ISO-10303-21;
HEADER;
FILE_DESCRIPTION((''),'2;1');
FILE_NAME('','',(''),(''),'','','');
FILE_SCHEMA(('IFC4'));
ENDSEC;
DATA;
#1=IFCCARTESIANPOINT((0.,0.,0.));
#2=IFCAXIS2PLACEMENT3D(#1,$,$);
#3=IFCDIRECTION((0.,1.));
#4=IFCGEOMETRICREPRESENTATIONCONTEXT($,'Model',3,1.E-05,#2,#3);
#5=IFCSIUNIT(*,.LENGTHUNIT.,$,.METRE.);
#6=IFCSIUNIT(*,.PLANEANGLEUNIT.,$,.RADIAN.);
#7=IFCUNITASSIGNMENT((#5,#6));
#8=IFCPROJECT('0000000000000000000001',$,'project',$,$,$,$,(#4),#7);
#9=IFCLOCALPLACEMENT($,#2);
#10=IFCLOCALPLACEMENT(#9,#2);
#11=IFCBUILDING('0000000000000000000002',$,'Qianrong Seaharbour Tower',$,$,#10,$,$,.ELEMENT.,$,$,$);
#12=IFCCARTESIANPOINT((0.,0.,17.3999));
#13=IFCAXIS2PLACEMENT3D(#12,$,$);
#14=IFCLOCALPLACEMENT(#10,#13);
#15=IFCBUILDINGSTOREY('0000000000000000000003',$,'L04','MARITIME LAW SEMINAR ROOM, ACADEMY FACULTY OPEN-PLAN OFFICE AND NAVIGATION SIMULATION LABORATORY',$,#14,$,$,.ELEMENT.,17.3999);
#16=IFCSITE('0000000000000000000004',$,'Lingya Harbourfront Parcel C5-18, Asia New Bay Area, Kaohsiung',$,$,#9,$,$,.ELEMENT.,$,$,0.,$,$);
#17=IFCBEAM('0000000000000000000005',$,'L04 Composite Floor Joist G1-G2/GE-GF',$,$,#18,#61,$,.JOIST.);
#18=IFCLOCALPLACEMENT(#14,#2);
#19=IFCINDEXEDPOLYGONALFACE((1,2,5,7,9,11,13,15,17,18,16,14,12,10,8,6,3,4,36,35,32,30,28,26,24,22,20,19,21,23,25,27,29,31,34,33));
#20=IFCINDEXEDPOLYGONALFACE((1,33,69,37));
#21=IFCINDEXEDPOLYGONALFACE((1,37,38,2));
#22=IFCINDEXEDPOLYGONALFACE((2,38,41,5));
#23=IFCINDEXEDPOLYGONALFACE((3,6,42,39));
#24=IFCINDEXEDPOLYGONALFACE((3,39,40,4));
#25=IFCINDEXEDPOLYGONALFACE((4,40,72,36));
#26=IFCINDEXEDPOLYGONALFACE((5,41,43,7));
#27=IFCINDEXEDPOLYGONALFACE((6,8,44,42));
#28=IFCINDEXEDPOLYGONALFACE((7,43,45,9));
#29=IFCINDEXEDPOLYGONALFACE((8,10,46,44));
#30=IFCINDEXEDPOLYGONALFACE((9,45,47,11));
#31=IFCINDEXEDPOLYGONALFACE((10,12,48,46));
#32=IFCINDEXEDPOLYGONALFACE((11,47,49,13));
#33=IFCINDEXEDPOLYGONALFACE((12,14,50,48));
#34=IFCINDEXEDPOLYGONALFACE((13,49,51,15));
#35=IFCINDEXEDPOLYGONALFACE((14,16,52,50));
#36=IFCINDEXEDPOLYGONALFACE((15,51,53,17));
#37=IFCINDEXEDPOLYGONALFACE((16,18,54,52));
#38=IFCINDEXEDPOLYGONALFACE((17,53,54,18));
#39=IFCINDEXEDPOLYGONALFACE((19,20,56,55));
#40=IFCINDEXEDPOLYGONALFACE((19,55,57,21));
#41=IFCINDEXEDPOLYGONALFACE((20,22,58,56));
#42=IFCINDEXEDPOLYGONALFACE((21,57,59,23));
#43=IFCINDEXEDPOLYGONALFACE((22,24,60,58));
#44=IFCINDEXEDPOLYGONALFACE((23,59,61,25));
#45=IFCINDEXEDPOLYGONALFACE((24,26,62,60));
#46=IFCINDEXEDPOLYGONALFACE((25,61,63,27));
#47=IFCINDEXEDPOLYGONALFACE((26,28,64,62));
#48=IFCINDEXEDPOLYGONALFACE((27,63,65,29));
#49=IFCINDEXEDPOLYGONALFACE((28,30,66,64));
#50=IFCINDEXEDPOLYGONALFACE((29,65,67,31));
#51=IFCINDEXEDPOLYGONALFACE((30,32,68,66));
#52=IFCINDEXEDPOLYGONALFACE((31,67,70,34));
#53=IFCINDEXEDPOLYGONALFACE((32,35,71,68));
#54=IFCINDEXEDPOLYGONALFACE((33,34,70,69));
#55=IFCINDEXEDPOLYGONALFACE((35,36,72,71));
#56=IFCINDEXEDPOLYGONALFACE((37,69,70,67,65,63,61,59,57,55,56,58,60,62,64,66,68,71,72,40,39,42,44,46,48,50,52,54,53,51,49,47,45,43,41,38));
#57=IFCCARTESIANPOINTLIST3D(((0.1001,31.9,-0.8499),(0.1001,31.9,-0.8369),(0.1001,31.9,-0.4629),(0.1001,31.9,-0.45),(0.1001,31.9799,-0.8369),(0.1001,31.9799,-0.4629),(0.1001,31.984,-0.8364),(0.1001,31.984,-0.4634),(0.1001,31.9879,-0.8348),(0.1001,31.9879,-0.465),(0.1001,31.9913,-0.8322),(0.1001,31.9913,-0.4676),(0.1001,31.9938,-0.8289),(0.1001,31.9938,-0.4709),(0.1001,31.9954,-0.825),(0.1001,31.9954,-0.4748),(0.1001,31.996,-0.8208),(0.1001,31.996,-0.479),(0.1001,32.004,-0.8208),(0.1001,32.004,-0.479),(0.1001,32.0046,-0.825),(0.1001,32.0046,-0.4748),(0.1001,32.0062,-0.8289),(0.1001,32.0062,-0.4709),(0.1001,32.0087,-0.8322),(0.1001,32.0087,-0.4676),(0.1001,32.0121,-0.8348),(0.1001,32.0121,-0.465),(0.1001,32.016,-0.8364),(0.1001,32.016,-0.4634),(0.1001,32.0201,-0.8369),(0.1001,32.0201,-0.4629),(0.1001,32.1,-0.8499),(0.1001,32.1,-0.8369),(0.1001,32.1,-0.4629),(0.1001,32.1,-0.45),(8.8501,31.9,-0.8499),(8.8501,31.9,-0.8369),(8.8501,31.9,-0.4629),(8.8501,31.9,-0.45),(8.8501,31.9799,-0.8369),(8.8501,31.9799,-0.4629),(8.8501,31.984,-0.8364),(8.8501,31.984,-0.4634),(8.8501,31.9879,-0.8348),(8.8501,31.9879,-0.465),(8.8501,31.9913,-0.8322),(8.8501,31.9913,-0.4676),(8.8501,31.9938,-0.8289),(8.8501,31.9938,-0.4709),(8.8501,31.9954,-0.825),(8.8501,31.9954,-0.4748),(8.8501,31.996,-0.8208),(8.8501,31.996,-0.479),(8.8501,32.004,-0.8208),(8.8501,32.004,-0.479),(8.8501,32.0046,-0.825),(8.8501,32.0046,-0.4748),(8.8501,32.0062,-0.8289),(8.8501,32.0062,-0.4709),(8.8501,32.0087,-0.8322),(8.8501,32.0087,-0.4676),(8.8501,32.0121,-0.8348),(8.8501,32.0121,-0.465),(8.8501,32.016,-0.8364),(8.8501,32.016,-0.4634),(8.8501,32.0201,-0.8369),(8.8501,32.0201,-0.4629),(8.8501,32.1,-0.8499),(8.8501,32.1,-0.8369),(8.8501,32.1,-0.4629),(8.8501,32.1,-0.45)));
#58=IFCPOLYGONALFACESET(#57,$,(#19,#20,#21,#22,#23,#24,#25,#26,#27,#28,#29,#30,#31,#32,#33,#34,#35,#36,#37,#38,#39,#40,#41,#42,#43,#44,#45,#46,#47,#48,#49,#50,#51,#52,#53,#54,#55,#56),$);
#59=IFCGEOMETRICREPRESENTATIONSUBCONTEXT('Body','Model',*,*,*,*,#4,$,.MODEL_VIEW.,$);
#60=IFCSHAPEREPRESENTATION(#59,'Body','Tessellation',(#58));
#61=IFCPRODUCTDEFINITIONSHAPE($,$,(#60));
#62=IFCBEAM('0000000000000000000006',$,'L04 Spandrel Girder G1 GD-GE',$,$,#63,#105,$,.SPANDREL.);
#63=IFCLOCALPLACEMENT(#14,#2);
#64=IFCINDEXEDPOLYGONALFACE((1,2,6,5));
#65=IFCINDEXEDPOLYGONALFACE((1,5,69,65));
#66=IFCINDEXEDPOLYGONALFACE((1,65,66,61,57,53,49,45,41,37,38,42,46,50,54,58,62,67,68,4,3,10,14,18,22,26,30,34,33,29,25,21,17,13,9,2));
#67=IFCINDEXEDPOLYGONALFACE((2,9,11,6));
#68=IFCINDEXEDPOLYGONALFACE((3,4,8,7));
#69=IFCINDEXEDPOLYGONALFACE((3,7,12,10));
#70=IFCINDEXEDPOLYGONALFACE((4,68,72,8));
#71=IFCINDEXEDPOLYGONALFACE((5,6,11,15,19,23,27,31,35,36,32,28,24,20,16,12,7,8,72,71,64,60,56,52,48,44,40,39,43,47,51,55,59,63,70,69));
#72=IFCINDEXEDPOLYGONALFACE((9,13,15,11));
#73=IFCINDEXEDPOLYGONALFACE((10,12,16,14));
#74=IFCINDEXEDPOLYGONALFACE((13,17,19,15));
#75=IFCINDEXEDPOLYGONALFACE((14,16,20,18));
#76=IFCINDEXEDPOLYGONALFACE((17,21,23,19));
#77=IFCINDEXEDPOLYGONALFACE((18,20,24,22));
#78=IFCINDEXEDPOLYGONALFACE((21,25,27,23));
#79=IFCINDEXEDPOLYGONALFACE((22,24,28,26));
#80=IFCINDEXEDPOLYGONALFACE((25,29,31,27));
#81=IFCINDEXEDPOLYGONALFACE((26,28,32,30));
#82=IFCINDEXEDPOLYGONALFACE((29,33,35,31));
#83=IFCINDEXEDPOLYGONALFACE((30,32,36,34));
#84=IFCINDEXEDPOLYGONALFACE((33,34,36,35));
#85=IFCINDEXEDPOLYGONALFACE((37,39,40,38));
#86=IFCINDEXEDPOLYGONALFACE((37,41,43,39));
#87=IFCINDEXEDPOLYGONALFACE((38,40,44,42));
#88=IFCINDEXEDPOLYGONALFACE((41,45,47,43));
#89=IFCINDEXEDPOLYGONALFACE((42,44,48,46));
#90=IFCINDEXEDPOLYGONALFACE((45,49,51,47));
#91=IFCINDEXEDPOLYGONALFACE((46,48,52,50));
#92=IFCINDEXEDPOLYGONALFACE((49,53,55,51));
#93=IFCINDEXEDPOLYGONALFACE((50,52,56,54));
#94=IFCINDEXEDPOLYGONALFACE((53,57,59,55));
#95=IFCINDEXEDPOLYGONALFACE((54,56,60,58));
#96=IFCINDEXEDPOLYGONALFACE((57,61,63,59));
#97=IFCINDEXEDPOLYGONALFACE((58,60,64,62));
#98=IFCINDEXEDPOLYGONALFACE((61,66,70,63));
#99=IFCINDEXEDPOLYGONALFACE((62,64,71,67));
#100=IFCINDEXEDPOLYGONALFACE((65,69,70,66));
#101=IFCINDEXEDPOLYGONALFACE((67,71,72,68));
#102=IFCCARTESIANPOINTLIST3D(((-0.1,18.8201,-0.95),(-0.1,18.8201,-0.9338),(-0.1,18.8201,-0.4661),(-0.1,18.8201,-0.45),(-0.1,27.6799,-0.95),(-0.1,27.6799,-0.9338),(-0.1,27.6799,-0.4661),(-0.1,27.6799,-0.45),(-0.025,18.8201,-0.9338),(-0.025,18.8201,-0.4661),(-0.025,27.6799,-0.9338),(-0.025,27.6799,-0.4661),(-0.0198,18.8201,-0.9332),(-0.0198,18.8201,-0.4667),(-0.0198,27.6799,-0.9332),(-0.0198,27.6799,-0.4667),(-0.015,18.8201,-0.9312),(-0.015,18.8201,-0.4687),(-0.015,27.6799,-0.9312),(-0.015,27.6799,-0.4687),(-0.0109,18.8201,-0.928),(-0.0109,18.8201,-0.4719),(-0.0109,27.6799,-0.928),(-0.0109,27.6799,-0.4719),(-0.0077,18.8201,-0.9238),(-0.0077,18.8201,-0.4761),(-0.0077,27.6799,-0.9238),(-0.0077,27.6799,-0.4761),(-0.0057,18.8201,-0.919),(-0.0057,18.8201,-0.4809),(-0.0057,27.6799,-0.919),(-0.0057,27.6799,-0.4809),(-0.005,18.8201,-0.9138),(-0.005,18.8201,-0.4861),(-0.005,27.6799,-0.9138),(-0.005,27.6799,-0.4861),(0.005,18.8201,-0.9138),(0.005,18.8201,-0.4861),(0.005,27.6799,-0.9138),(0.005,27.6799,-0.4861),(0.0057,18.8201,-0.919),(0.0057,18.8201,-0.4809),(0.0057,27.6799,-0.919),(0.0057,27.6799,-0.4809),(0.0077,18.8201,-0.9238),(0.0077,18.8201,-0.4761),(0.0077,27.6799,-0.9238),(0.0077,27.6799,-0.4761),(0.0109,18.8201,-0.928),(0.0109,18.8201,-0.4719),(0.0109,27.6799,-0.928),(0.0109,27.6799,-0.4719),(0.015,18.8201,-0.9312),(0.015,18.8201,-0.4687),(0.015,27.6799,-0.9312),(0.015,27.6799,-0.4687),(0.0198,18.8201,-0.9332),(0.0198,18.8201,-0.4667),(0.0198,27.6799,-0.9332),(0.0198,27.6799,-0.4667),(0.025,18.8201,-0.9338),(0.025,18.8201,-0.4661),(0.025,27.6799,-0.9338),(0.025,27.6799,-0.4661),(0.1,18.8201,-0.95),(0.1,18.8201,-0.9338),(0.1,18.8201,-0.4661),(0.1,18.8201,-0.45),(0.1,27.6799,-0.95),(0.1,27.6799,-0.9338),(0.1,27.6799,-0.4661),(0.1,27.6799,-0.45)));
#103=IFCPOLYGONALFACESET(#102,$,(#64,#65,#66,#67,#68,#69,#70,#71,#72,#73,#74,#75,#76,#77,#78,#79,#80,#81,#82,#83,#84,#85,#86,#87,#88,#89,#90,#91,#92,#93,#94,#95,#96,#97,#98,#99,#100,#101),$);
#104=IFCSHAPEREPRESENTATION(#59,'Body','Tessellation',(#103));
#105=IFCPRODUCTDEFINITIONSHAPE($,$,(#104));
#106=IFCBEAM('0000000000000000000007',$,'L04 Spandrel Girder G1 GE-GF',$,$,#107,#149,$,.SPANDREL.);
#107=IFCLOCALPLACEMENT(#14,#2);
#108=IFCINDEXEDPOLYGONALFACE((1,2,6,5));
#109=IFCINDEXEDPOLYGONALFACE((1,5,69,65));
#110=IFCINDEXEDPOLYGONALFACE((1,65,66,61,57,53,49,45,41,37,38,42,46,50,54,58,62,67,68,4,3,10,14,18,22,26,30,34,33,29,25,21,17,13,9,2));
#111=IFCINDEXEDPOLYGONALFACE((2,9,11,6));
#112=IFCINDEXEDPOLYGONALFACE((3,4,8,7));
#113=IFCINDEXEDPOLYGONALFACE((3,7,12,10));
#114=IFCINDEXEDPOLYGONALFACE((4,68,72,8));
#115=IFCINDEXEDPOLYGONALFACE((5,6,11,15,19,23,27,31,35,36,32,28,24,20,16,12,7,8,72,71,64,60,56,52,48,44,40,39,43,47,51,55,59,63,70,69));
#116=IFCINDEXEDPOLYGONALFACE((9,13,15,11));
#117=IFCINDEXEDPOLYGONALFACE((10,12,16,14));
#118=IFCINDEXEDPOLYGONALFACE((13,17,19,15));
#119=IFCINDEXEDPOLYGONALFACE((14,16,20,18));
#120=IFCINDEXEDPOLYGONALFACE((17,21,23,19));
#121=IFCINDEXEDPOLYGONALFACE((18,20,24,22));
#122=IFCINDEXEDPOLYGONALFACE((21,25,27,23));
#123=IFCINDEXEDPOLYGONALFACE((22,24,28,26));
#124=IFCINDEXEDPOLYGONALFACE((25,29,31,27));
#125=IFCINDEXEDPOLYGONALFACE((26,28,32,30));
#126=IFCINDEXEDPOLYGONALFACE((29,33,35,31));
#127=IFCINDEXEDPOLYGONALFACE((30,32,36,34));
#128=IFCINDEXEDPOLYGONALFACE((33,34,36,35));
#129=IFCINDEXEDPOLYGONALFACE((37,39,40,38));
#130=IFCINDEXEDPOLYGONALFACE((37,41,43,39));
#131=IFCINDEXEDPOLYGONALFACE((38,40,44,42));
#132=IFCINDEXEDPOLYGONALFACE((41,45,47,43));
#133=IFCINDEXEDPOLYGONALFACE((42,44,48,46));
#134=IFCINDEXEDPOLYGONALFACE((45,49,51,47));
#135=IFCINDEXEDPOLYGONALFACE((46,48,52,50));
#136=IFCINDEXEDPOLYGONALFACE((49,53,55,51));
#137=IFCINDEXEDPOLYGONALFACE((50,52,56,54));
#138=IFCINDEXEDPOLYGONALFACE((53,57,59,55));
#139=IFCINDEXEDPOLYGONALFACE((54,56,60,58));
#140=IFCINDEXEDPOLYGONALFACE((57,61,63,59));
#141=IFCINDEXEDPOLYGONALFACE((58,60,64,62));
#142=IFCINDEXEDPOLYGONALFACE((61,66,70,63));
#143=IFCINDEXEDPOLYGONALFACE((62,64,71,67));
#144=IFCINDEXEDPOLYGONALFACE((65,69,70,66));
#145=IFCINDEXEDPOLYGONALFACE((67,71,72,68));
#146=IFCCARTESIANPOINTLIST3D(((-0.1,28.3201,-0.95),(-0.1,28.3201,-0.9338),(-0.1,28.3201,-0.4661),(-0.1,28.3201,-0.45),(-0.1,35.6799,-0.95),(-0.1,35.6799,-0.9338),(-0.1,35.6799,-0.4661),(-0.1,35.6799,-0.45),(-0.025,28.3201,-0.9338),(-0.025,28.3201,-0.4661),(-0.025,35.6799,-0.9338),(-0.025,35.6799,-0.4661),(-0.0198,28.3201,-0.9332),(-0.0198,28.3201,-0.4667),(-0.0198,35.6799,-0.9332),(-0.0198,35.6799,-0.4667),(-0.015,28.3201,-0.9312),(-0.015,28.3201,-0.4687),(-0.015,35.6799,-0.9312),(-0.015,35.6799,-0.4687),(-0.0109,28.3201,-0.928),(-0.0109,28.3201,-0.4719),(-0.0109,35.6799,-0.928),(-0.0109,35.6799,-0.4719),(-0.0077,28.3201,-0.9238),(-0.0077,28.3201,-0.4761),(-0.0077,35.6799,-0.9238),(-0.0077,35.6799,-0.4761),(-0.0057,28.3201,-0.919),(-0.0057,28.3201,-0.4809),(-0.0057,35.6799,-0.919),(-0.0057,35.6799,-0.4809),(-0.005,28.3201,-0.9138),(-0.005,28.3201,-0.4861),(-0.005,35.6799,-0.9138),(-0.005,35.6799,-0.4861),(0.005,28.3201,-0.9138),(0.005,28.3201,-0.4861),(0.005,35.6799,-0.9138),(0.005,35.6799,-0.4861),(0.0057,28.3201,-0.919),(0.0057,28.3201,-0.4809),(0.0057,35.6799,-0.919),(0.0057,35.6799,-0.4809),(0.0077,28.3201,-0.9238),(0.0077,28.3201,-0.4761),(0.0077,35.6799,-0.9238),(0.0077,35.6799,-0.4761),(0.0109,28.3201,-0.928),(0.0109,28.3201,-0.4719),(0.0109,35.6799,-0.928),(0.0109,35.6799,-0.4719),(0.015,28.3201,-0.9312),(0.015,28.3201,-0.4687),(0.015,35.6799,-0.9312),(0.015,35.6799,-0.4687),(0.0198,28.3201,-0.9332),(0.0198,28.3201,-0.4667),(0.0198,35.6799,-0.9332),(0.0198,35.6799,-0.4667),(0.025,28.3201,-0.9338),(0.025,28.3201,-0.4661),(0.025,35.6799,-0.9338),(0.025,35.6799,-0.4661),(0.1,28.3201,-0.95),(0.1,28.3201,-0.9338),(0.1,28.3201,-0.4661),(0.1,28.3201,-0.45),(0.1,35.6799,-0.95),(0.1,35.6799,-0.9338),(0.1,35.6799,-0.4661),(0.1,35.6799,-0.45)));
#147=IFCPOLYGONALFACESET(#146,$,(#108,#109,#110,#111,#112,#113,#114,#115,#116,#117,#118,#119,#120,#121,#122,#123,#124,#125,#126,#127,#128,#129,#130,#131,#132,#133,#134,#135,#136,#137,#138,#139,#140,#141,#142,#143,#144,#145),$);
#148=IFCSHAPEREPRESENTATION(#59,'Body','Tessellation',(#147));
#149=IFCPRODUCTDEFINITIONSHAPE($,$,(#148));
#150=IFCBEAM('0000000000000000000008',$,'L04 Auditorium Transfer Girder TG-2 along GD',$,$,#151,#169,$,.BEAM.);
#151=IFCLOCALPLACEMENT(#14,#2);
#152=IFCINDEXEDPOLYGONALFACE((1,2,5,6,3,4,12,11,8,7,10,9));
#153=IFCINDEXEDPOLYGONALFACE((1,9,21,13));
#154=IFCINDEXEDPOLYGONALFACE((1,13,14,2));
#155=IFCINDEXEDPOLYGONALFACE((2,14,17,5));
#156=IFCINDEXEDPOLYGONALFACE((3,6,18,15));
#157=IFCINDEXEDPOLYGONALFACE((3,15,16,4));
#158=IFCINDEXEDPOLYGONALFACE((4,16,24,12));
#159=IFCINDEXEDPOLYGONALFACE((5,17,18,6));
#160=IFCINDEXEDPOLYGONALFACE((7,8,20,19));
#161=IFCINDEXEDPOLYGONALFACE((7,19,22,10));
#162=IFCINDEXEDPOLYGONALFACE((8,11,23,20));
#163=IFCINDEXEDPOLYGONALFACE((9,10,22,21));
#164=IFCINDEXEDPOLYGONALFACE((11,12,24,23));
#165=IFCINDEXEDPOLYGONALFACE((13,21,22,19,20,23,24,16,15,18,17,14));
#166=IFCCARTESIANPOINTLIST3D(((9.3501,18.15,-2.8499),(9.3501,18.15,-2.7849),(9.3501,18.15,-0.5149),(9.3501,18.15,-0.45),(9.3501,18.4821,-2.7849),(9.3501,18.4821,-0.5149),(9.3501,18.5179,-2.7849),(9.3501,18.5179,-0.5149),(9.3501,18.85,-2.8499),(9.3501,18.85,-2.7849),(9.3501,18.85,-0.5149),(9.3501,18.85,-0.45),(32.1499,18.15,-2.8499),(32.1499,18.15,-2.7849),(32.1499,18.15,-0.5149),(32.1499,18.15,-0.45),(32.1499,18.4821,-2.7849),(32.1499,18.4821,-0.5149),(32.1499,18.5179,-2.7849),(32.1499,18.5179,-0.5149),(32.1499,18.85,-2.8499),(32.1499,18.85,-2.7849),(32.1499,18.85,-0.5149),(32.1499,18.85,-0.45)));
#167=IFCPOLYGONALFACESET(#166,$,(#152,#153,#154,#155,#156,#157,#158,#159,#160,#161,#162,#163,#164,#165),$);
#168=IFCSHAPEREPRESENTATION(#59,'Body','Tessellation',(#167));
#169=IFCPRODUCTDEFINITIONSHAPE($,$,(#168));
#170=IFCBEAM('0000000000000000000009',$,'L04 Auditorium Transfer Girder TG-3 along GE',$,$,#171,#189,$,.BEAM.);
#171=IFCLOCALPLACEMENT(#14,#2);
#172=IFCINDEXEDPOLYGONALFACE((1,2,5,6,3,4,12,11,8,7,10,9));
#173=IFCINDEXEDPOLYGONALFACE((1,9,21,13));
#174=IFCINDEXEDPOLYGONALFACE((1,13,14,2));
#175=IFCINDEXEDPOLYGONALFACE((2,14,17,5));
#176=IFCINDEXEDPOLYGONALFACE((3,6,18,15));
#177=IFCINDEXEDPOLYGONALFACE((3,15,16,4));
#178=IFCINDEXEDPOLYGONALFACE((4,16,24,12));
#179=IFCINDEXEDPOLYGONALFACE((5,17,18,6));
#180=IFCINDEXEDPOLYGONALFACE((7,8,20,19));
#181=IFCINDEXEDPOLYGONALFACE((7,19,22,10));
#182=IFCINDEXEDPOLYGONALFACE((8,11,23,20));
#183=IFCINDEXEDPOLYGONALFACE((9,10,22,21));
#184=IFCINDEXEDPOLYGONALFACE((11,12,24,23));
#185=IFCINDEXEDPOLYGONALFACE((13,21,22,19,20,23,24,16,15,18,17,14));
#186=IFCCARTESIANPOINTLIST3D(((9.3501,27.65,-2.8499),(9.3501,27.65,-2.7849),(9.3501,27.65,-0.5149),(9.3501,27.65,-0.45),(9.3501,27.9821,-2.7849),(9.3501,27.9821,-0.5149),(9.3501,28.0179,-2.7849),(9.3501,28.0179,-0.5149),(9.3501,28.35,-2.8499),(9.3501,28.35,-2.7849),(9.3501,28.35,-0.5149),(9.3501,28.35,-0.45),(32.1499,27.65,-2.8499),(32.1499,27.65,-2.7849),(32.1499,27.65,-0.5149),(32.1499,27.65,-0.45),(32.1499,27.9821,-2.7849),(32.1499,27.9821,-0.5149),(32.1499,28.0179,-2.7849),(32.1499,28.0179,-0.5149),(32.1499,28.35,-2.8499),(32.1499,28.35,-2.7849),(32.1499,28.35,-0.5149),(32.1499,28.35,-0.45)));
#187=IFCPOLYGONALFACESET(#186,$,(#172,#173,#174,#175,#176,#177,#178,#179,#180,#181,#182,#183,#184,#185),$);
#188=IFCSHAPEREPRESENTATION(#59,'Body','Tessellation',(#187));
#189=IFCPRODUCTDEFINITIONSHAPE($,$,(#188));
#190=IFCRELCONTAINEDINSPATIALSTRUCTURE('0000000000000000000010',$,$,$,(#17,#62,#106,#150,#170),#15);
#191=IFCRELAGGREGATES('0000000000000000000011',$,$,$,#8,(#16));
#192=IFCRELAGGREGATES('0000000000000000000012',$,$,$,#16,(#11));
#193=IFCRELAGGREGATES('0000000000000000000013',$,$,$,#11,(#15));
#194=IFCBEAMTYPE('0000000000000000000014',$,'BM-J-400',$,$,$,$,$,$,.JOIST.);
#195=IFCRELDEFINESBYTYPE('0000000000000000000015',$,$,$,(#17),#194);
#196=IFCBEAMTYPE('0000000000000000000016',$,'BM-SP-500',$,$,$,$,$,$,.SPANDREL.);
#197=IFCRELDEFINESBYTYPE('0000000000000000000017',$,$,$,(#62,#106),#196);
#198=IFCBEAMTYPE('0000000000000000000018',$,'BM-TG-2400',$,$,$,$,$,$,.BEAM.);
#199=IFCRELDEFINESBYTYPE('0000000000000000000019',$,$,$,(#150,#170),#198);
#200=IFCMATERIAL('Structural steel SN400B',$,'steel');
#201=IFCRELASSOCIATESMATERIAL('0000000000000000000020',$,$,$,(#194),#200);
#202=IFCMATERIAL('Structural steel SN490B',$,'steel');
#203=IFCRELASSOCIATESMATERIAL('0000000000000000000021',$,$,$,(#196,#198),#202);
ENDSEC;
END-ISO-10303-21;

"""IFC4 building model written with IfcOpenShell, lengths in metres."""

from ifc_helpers import new_model, si_unit, direction, frame, origin, origin_2d, place, context, subcontext, project, spatial, i_section, extrude, material, material_profile, profile_set, type_object, element, save


model = new_model("IFC4")

# Units and contexts
model_context = context("Model", 3, precision=1e-05, world=origin(), true_north=direction((0.0, 1.0)))
body_context = subcontext(model_context, "Body", "Model", "MODEL_VIEW")
ifc_project = project(units=[si_unit("LENGTHUNIT", "METRE"), si_unit("PLANEANGLEUNIT", "RADIAN")], contexts=[model_context])

# Site, building, storey
site_placement = place(None, origin())
site = spatial("IfcSite", under=ifc_project, at=site_placement, Name="Lingya Harbourfront Parcel C5-18, Asia New Bay Area, Kaohsiung", CompositionType="ELEMENT", RefElevation=0.0)
building_placement = place(site_placement, origin())
building = spatial("IfcBuilding", under=site, at=building_placement, Name="Qianrong Seaharbour Tower", CompositionType="ELEMENT")
storey_placement = place(building_placement, frame((0.0, 0.0, 17.3999)))
storey = spatial("IfcBuildingStorey", under=building, at=storey_placement, Name="L04", Description="MARITIME LAW SEMINAR ROOM, ACADEMY FACULTY OPEN-PLAN OFFICE AND NAVIGATION SIMULATION LABORATORY", CompositionType="ELEMENT", Elevation=17.3999)

# Shared definitions
ifc_material_1 = material(Name="Structural steel SN490B", Category="steel")

# Beams
ifc_material_2 = material(Name="Structural steel SN400B", Category="steel")
ifc_material_profile_1 = material_profile(ifc_material_2, i_section(OverallWidth=0.2, OverallDepth=0.3999, WebThickness=0.0081, FlangeThickness=0.0129, FilletRadius=0.0161, at=origin_2d()), Name="H400x200x8x13")
ifc_profile_set_1 = profile_set([ifc_material_profile_1], Name="Structural steel SN400B")
beam_type_1 = type_object("IfcBeamType", Name="BM-J-400", PredefinedType="JOIST", material=ifc_profile_set_1)
for number, where, z_axis, x_axis, name in (
    (1, (0.1001, 32.0, -0.6499), (1.0, 0.0, 0.0), (0.0, 1.0, 0.0), "L04 Composite Floor Joist G1-G2/GE-GF"),
):
    element("IfcBeam", number, at=place(storey_placement, frame(where, z_axis=z_axis, x_axis=x_axis)), inside=storey, type_object=beam_type_1, Name=name, PredefinedType="JOIST", context=body_context, shape_type="SweptSolid", body=[
        extrude(i_section(OverallWidth=0.2, OverallDepth=0.3999, WebThickness=0.0081, FlangeThickness=0.0129, FilletRadius=0.0161, at=origin_2d()), origin(), (0.0, 0.0, 1.0), 8.75),
    ])
ifc_material_profile_2 = material_profile(ifc_material_1, i_section(OverallWidth=0.2, OverallDepth=0.5, WebThickness=0.01, FlangeThickness=0.0161, FilletRadius=0.02, at=origin_2d()), Name="H500x200x10x16")
ifc_profile_set_2 = profile_set([ifc_material_profile_2], Name="Structural steel SN490B")
beam_type_2 = type_object("IfcBeamType", Name="BM-SP-500", PredefinedType="SPANDREL", material=ifc_profile_set_2)
beam_1_placement = place(storey_placement, frame((0.0, 18.8201, -0.7), z_axis=(0.0, 1.0, 0.0), x_axis=(-1.0, 0.0, 0.0)))
element("IfcBeam", 2, at=beam_1_placement, inside=storey, type_object=beam_type_2, Name="L04 Spandrel Girder G1 GD-GE", PredefinedType="SPANDREL", context=body_context, shape_type="SweptSolid", body=[
    extrude(i_section(OverallWidth=0.2, OverallDepth=0.5, WebThickness=0.01, FlangeThickness=0.0161, FilletRadius=0.02, at=origin_2d()), origin(), (0.0, 0.0, 1.0), 8.8599),
])
beam_2_placement = place(storey_placement, frame((0.0, 28.3201, -0.7), z_axis=(0.0, 1.0, 0.0), x_axis=(-1.0, 0.0, 0.0)))
element("IfcBeam", 3, at=beam_2_placement, inside=storey, type_object=beam_type_2, Name="L04 Spandrel Girder G1 GE-GF", PredefinedType="SPANDREL", context=body_context, shape_type="SweptSolid", body=[
    extrude(i_section(OverallWidth=0.2, OverallDepth=0.5, WebThickness=0.01, FlangeThickness=0.0161, FilletRadius=0.02, at=origin_2d()), origin(), (0.0, 0.0, 1.0), 7.3599),
])
ifc_material_profile_3 = material_profile(ifc_material_1, i_section(OverallWidth=0.7, OverallDepth=2.3999, WebThickness=0.0359, FlangeThickness=0.0649, at=origin_2d()), Name="BH2400x700x36x65")
ifc_profile_set_3 = profile_set([ifc_material_profile_3], Name="Structural steel SN490B")
beam_type_3 = type_object("IfcBeamType", Name="BM-TG-2400", PredefinedType="BEAM", material=ifc_profile_set_3)
for number, where, z_axis, x_axis, name in (
    (4, (9.3501, 18.5, -1.6499), (1.0, 0.0, 0.0), (0.0, 1.0, 0.0), "L04 Auditorium Transfer Girder TG-2 along GD"),
    (5, (9.3501, 28.0, -1.6499), (1.0, 0.0, 0.0), (0.0, 1.0, 0.0), "L04 Auditorium Transfer Girder TG-3 along GE"),
):
    element("IfcBeam", number, at=place(storey_placement, frame(where, z_axis=z_axis, x_axis=x_axis)), inside=storey, type_object=beam_type_3, Name=name, PredefinedType="BEAM", context=body_context, shape_type="SweptSolid", body=[
        extrude(i_section(OverallWidth=0.7, OverallDepth=2.3999, WebThickness=0.0359, FlangeThickness=0.0649, at=origin_2d()), origin(), (0.0, 0.0, 1.0), 22.7998),
    ])

save(model, "model.ifc")
